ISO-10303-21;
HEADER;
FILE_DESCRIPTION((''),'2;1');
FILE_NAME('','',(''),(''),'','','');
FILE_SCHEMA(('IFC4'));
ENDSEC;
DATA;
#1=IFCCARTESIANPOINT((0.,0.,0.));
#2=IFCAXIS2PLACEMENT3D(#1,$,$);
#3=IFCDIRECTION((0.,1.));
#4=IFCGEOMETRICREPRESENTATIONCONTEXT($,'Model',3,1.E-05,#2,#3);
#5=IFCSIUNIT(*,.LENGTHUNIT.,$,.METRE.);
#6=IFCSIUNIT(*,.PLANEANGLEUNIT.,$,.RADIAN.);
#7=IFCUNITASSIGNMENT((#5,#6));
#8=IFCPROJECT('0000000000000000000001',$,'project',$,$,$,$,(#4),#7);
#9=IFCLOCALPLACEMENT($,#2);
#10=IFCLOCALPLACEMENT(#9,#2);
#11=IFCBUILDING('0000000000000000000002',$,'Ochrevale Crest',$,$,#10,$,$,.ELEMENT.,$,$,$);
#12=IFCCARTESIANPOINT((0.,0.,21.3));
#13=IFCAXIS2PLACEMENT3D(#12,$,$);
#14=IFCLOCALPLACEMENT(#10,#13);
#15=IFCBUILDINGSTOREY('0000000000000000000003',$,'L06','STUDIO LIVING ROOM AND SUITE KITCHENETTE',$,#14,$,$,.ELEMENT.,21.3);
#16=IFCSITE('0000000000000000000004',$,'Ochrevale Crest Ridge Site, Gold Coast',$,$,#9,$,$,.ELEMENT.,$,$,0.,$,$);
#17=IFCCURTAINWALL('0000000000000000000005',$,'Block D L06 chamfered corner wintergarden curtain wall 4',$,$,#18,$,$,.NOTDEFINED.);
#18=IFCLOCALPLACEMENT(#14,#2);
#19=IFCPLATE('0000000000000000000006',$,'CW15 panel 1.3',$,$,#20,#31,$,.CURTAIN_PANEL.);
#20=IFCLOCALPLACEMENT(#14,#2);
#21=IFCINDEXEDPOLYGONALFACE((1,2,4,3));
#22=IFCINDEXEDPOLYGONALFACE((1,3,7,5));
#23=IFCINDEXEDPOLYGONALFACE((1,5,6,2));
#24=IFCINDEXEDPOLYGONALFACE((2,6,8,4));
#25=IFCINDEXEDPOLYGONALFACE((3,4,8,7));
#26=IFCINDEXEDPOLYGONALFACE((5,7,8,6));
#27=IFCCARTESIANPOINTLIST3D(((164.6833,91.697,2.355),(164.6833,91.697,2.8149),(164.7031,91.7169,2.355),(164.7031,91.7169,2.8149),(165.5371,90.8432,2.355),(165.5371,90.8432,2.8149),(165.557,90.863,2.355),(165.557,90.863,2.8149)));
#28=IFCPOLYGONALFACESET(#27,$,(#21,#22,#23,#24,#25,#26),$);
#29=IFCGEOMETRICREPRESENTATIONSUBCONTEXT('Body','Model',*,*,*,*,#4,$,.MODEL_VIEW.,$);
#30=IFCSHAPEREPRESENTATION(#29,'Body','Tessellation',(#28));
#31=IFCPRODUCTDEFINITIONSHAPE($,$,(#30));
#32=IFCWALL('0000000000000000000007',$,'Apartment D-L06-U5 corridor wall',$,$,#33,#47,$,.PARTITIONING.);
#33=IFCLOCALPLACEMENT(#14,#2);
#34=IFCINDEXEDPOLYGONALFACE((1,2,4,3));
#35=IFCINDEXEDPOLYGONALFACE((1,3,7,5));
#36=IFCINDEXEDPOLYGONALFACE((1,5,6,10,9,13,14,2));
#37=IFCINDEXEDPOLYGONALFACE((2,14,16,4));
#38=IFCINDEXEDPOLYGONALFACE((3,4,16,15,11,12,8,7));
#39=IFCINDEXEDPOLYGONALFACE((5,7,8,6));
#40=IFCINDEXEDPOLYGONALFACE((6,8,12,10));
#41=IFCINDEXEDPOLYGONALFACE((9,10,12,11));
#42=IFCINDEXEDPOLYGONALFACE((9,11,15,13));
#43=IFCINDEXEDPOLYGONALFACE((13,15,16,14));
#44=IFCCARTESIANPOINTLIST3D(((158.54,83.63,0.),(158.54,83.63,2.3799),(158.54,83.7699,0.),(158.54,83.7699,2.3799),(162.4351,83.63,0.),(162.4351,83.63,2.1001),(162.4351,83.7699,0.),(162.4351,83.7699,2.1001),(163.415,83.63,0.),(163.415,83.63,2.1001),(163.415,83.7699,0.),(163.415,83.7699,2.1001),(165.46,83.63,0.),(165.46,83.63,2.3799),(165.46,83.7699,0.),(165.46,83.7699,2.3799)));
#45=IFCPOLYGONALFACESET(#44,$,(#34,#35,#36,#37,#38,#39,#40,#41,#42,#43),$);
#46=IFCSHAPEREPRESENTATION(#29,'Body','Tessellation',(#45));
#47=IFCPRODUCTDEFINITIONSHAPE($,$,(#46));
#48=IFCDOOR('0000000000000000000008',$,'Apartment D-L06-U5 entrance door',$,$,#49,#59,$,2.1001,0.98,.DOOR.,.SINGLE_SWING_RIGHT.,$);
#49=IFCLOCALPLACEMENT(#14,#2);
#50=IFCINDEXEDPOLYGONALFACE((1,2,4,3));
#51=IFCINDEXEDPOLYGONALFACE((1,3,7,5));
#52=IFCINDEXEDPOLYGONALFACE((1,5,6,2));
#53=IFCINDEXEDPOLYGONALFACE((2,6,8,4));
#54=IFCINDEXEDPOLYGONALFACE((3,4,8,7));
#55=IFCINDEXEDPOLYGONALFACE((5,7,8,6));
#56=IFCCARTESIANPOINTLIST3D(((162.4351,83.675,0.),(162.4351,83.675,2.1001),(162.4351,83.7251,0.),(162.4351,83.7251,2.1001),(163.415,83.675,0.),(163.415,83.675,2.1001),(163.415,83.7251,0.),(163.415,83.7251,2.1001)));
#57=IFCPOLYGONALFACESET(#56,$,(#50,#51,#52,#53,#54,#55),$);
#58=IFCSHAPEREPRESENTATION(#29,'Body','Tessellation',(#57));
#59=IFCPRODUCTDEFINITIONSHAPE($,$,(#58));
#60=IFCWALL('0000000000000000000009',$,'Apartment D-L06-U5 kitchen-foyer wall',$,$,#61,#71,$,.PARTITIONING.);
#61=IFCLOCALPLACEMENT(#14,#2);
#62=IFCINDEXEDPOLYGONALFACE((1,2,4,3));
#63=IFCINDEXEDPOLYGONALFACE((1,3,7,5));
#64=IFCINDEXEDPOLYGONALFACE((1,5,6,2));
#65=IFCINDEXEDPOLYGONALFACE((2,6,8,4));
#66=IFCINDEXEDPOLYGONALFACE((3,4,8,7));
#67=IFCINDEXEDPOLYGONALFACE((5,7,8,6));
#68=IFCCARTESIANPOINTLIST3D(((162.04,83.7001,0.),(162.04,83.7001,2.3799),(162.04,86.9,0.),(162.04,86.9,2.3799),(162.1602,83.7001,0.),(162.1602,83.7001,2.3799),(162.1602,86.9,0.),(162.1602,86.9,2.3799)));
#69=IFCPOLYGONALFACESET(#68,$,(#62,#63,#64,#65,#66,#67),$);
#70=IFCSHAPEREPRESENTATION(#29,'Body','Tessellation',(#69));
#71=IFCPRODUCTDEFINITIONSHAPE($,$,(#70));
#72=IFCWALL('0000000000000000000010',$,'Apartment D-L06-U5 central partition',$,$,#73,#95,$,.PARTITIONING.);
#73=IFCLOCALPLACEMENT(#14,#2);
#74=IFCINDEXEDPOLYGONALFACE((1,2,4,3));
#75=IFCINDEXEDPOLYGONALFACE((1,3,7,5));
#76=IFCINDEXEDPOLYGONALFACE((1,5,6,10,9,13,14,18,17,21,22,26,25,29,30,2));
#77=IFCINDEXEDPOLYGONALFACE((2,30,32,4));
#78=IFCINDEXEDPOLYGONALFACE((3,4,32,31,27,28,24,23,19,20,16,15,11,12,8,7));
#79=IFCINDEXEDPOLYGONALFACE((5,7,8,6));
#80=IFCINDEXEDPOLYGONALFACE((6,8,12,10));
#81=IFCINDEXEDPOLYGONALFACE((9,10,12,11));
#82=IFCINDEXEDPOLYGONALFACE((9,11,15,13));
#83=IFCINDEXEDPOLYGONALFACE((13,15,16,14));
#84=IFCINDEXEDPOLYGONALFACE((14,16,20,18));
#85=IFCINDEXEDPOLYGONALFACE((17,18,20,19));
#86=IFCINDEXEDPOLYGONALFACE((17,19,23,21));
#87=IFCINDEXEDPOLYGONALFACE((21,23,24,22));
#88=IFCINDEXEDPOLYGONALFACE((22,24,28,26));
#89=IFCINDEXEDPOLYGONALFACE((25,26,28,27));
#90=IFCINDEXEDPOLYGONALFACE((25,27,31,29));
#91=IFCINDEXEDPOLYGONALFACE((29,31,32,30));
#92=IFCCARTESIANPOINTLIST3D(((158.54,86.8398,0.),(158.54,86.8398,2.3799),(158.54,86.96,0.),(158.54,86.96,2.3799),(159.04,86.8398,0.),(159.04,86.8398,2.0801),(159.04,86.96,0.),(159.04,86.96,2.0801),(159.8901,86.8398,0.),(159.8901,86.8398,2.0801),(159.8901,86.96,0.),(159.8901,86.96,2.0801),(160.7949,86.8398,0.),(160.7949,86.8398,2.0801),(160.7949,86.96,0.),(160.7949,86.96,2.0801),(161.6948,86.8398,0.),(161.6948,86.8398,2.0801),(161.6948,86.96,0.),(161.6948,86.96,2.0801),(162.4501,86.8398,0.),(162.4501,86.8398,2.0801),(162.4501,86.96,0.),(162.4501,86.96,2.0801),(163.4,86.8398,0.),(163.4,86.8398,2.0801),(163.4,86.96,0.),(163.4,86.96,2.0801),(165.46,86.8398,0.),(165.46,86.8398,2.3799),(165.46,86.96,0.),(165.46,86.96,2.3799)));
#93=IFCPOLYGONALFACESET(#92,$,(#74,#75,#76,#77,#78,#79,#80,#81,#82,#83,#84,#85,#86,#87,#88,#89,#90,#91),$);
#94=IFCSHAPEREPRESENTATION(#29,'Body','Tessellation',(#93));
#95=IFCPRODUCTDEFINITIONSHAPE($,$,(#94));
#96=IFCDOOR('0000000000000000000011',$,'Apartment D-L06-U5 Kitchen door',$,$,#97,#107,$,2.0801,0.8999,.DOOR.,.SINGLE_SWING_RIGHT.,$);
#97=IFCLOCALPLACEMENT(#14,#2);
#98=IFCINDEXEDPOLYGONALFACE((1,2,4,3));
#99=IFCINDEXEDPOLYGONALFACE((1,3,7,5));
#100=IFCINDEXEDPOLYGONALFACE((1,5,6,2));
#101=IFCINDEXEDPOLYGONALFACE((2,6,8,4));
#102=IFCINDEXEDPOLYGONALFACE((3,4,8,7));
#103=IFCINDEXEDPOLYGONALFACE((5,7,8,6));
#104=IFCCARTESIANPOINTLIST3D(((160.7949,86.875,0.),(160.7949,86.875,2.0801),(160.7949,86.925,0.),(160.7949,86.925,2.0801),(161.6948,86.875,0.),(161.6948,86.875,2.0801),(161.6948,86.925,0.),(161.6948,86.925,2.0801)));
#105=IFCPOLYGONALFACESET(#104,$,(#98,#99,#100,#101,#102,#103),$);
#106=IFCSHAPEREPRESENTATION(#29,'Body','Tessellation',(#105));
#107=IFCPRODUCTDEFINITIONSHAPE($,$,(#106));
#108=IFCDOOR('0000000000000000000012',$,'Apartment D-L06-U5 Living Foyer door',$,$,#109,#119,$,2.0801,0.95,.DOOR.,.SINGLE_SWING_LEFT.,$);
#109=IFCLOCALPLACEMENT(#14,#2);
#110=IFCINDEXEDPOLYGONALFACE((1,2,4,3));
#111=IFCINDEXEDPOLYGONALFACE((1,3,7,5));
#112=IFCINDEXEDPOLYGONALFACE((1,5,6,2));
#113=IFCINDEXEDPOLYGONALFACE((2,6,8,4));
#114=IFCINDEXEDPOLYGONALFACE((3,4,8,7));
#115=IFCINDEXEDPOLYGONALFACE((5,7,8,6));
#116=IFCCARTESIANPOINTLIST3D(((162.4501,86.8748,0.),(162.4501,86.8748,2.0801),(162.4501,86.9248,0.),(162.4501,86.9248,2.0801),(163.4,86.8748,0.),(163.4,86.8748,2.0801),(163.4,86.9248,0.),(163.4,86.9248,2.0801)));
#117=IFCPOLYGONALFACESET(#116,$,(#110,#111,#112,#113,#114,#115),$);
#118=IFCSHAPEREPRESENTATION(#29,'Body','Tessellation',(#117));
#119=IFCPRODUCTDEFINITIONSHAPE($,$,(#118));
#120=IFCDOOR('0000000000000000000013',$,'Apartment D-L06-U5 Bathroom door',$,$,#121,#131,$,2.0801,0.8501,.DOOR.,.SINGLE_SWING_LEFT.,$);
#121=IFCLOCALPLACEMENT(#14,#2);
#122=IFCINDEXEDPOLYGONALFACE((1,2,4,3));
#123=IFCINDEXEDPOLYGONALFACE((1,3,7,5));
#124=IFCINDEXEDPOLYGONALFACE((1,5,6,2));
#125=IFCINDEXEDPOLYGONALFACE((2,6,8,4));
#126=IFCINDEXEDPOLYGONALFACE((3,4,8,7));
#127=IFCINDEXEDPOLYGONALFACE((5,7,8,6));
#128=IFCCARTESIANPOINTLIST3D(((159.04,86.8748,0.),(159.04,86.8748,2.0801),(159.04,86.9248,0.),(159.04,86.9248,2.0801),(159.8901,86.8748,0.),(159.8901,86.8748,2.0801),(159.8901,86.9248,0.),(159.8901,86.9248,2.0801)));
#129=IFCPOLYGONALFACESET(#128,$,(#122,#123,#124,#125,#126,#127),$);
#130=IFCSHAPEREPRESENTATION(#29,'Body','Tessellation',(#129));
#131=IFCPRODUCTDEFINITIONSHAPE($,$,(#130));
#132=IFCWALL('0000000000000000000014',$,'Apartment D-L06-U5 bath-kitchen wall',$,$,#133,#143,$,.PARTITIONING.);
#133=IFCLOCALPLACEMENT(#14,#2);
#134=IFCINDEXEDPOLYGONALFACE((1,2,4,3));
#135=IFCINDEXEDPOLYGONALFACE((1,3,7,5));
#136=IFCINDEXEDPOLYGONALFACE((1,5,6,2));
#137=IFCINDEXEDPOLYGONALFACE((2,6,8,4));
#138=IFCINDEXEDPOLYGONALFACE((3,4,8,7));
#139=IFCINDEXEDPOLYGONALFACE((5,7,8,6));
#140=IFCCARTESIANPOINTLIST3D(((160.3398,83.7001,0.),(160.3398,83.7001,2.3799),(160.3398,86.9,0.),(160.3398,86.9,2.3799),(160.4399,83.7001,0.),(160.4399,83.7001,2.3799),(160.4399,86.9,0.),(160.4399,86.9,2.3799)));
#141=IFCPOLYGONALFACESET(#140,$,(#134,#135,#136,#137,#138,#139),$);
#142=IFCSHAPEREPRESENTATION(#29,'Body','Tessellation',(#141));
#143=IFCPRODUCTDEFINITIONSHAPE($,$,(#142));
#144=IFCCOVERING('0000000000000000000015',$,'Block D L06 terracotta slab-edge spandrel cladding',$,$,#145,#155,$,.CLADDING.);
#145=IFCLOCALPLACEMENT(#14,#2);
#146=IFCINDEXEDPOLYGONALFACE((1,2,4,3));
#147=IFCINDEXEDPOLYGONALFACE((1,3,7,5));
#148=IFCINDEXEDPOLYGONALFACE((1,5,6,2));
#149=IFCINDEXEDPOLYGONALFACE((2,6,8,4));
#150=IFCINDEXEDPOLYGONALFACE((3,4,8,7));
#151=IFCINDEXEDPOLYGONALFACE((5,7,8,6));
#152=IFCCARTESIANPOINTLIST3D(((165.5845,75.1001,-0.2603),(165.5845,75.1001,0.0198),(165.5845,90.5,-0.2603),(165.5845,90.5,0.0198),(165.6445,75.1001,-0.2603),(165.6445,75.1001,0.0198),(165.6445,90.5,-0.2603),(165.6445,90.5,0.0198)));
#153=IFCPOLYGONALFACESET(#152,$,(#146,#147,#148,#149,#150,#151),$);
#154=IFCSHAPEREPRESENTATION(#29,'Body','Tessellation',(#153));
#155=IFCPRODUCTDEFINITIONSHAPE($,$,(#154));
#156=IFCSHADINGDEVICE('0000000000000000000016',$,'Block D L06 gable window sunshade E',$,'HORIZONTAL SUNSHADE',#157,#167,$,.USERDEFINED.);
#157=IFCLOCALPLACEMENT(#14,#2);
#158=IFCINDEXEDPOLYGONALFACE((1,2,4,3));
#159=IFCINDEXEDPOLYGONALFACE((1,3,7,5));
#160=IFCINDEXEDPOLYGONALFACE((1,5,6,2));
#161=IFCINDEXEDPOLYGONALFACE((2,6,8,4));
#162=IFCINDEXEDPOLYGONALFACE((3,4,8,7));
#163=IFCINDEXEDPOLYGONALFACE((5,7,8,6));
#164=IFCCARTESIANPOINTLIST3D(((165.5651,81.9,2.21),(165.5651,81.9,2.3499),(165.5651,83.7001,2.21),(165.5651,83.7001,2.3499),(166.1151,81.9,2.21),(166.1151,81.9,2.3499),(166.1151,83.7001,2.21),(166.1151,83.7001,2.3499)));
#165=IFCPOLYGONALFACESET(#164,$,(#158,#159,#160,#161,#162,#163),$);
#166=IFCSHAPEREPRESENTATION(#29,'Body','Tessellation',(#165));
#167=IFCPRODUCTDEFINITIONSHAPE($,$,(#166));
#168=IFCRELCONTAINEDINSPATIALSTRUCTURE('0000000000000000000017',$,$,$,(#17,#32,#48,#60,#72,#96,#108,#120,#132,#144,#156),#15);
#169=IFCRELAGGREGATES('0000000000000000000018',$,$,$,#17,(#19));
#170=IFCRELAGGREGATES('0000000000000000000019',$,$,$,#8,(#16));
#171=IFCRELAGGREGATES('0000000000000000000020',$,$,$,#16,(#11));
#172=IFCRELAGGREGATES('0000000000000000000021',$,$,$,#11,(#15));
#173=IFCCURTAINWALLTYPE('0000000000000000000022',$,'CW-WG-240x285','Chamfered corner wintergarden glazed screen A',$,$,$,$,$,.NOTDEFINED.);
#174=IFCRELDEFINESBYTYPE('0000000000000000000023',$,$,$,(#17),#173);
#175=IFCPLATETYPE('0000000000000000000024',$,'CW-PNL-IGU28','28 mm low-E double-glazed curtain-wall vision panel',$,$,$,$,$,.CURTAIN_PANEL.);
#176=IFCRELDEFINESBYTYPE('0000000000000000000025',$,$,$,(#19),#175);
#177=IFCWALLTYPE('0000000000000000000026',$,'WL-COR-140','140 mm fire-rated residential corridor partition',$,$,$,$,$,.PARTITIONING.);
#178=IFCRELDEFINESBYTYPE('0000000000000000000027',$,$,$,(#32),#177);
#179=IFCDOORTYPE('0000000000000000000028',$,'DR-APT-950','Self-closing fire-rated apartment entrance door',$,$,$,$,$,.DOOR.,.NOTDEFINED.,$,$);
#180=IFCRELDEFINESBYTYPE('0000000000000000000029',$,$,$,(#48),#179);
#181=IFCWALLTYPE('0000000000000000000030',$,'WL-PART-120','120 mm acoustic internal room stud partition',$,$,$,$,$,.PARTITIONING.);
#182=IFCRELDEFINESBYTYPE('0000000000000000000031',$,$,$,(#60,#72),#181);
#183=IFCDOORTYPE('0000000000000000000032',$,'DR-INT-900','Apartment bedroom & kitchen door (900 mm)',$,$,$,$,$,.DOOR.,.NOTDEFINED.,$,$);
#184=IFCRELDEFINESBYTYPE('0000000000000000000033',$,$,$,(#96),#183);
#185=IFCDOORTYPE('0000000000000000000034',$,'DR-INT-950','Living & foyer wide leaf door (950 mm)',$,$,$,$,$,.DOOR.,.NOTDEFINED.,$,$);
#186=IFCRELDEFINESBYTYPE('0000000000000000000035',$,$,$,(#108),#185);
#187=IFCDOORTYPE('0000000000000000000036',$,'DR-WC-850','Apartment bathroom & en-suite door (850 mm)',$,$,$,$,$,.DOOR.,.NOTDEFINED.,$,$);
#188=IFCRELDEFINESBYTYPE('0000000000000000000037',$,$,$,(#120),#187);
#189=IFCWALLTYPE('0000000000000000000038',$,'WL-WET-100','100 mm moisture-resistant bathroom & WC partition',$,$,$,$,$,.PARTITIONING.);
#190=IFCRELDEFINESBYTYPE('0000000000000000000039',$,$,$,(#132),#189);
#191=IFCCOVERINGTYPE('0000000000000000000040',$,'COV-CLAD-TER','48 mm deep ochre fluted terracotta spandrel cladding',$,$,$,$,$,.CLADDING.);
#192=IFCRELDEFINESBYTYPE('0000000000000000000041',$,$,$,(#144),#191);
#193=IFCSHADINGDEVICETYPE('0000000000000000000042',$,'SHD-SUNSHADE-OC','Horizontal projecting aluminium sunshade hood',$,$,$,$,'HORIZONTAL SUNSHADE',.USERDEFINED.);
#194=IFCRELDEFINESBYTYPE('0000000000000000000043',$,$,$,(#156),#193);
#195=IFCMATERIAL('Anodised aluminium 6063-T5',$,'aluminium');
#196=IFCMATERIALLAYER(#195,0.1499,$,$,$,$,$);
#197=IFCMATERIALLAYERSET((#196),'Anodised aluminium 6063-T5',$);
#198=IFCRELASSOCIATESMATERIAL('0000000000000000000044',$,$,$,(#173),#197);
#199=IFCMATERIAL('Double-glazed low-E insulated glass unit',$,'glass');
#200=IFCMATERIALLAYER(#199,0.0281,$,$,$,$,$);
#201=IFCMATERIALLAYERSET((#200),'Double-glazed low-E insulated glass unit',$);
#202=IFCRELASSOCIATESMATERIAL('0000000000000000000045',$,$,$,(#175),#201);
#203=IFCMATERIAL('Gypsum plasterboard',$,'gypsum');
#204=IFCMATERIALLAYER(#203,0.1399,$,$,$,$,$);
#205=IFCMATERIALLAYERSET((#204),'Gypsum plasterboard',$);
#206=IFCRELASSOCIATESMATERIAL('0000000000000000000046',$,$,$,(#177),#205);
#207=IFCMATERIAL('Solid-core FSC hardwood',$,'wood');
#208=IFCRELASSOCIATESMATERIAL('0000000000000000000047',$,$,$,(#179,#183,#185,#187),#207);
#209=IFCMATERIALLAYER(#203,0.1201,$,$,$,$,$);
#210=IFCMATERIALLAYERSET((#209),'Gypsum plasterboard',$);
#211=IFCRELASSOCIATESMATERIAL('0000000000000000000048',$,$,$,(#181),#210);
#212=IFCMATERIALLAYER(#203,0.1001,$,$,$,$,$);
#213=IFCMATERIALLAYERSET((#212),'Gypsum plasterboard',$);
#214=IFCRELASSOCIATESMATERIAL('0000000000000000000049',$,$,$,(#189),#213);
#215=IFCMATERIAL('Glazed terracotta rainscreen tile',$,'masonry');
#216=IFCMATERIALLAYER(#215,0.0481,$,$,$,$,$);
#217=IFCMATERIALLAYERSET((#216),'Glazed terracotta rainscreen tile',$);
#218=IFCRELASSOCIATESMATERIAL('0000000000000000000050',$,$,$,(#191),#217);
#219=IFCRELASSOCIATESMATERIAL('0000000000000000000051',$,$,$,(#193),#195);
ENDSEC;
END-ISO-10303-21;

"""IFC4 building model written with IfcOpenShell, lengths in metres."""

from ifc_helpers import new_model, si_unit, direction, frame, frame_2d, origin, origin_2d, place, context, subcontext, project, spatial, rectangle, extrude, material, layer, layer_set, type_object, element, fill, aggregate, save


model = new_model("IFC4")

# Units and contexts
model_context = context("Model", 3, precision=1e-05, world=origin(), true_north=direction((0.0, 1.0)))
body_context = subcontext(model_context, "Body", "Model", "MODEL_VIEW")
ifc_project = project(units=[si_unit("LENGTHUNIT", "METRE"), si_unit("PLANEANGLEUNIT", "RADIAN")], contexts=[model_context])

# Site, building, storey
site_placement = place(None, origin())
site = spatial("IfcSite", under=ifc_project, at=site_placement, Name="Ochrevale Crest Ridge Site, Gold Coast", CompositionType="ELEMENT", RefElevation=0.0)
building_placement = place(site_placement, origin())
building = spatial("IfcBuilding", under=site, at=building_placement, Name="Ochrevale Crest", CompositionType="ELEMENT")
storey_placement = place(building_placement, frame((0.0, 0.0, 21.3)))
storey = spatial("IfcBuildingStorey", under=building, at=storey_placement, Name="L06", Description="STUDIO LIVING ROOM AND SUITE KITCHENETTE", CompositionType="ELEMENT", Elevation=21.3)

# Curtain wall, plate
ifc_material_1 = material(Name="Anodised aluminium 6063-T5", Category="aluminium")
ifc_layer_1 = layer(ifc_material_1, 0.1499)
ifc_layer_set_1 = layer_set([ifc_layer_1], Name="Anodised aluminium 6063-T5")
curtain_wall_type = type_object("IfcCurtainWallType", Name="CW-WG-240x285", Description="Chamfered corner wintergarden glazed screen A", PredefinedType="NOTDEFINED", material=ifc_layer_set_1)
curtain_wall_placement = place(storey_placement, origin())
curtain_wall = element("IfcCurtainWall", 1, at=curtain_wall_placement, inside=storey, type_object=curtain_wall_type, Name="Block D L06 chamfered corner wintergarden curtain wall 4", PredefinedType="NOTDEFINED")
ifc_material_2 = material(Name="Double-glazed low-E insulated glass unit", Category="glass")
ifc_layer_2 = layer(ifc_material_2, 0.0281)
ifc_layer_set_2 = layer_set([ifc_layer_2], Name="Double-glazed low-E insulated glass unit")
plate_type = type_object("IfcPlateType", Name="CW-PNL-IGU28", Description="28 mm low-E double-glazed curtain-wall vision panel", PredefinedType="CURTAIN_PANEL", material=ifc_layer_set_2)
plate_1_placement = place(storey_placement, frame((165.1201, 91.28, 2.355), z_axis=(0.0, 0.0, 1.0), x_axis=(-0.707107, 0.707107, 0.0)))
plate_1 = element("IfcPlate", 2, at=plate_1_placement, type_object=plate_type, Name="CW15 panel 1.3", PredefinedType="CURTAIN_PANEL", context=body_context, shape_type="SweptSolid", body=[
    extrude(rectangle(XDim=1.2075, YDim=0.0281, at=origin_2d()), origin(), (0.0, 0.0, 1.0), 0.46),
])
aggregate(curtain_wall, [plate_1])

# Wall, opening, door
ifc_material_3 = material(Name="Gypsum plasterboard", Category="gypsum")
ifc_layer_3 = layer(ifc_material_3, 0.1399)
ifc_layer_set_3 = layer_set([ifc_layer_3], Name="Gypsum plasterboard")
wall_type_1 = type_object("IfcWallType", Name="WL-COR-140", Description="140 mm fire-rated residential corridor partition", PredefinedType="PARTITIONING", material=ifc_layer_set_3)
wall_1_placement = place(storey_placement, frame((158.54, 83.7, 0.0), z_axis=(0.0, 0.0, 1.0), x_axis=(1.0, 0.0, 0.0)))
wall_1 = element("IfcWall", 3, at=wall_1_placement, inside=storey, type_object=wall_type_1, Name="Apartment D-L06-U5 corridor wall", PredefinedType="PARTITIONING", context=body_context, shape_type="SweptSolid", body=[
    extrude(rectangle(XDim=6.9199, YDim=0.1399, at=frame_2d((3.46, 0.0))), origin(), (0.0, 0.0, 1.0), 2.3799),
])
opening_1_placement = place(wall_1_placement, frame((4.875, 0.0, 0.0), z_axis=(0.0, 0.0, 1.0), x_axis=(-1.0, 0.0, 0.0)))
opening_1 = element("IfcOpeningElement", 4, at=opening_1_placement, cuts=wall_1, PredefinedType="OPENING", context=body_context, shape_type="SweptSolid", body=[
    extrude(rectangle(XDim=0.98, YDim=2.1001, at=frame_2d((0.49, 1.05))), frame((0.0, 0.0801, 0.0), z_axis=(0.0, -1.0, 0.0), x_axis=(1.0, 0.0, 0.0)), (0.0, 0.0, 1.0), 0.1599),
])
ifc_material_4 = material(Name="Solid-core FSC hardwood", Category="wood")
door_type_1 = type_object("IfcDoorType", Name="DR-APT-950", Description="Self-closing fire-rated apartment entrance door", OperationType="NOTDEFINED", PredefinedType="DOOR", material=ifc_material_4)
door_1_placement = place(opening_1_placement, origin())
door_1 = element("IfcDoor", 5, at=door_1_placement, inside=storey, type_object=door_type_1, Name="Apartment D-L06-U5 entrance door", OperationType="SINGLE_SWING_RIGHT", OverallHeight=2.1001, OverallWidth=0.98, PredefinedType="DOOR", context=body_context, shape_type="SweptSolid", body=[
    extrude(rectangle(XDim=0.98, YDim=2.1001, at=frame_2d((0.49, 1.05))), frame((0.0, 0.0249, 0.0), z_axis=(0.0, -1.0, 0.0), x_axis=(1.0, 0.0, 0.0)), (0.0, 0.0, 1.0), 0.05),
])
fill(opening_1, door_1)

# Wall
ifc_layer_4 = layer(ifc_material_3, 0.1201)
ifc_layer_set_4 = layer_set([ifc_layer_4], Name="Gypsum plasterboard")
wall_type_2 = type_object("IfcWallType", Name="WL-PART-120", Description="120 mm acoustic internal room stud partition", PredefinedType="PARTITIONING", material=ifc_layer_set_4)
wall_2_placement = place(storey_placement, frame((162.1001, 83.7, 0.0), z_axis=(0.0, 0.0, 1.0), x_axis=(0.0, 1.0, 0.0)))
element("IfcWall", 6, at=wall_2_placement, inside=storey, type_object=wall_type_2, Name="Apartment D-L06-U5 kitchen-foyer wall", PredefinedType="PARTITIONING", context=body_context, shape_type="SweptSolid", body=[
    extrude(rectangle(XDim=3.2, YDim=0.1201, at=frame_2d((1.6001, 0.0))), origin(), (0.0, 0.0, 1.0), 2.3799),
])

# Wall, openings, doors
wall_3_placement = place(storey_placement, frame((158.54, 86.8999, 0.0), z_axis=(0.0, 0.0, 1.0), x_axis=(1.0, 0.0, 0.0)))
wall_3 = element("IfcWall", 7, at=wall_3_placement, inside=storey, type_object=wall_type_2, Name="Apartment D-L06-U5 central partition", PredefinedType="PARTITIONING", context=body_context, shape_type="SweptSolid", body=[
    extrude(rectangle(XDim=6.9199, YDim=0.1201, at=frame_2d((3.46, 0.0))), origin(), (0.0, 0.0, 1.0), 2.3799),
])
opening_2_placement = place(wall_3_placement, frame((0.5, 0.0, 0.0)))
opening_2 = element("IfcOpeningElement", 8, at=opening_2_placement, cuts=wall_3, PredefinedType="OPENING", context=body_context, shape_type="SweptSolid", body=[
    extrude(rectangle(XDim=0.8501, YDim=2.0801, at=frame_2d((0.425, 1.04))), frame((0.0, 0.0701, 0.0), z_axis=(0.0, -1.0, 0.0), x_axis=(1.0, 0.0, 0.0)), (0.0, 0.0, 1.0), 0.1401),
])
opening_3_placement = place(wall_3_placement, frame((3.1548, 0.0, 0.0), z_axis=(0.0, 0.0, 1.0), x_axis=(-1.0, 0.0, 0.0)))
opening_3 = element("IfcOpeningElement", 9, at=opening_3_placement, cuts=wall_3, PredefinedType="OPENING", context=body_context, shape_type="SweptSolid", body=[
    extrude(rectangle(XDim=0.8999, YDim=2.0801, at=frame_2d((0.45, 1.04))), frame((0.0, 0.0701, 0.0), z_axis=(0.0, -1.0, 0.0), x_axis=(1.0, 0.0, 0.0)), (0.0, 0.0, 1.0), 0.1401),
])
opening_4_placement = place(wall_3_placement, frame((3.9099, 0.0, 0.0)))
opening_4 = element("IfcOpeningElement", 10, at=opening_4_placement, cuts=wall_3, PredefinedType="OPENING", context=body_context, shape_type="SweptSolid", body=[
    extrude(rectangle(XDim=0.95, YDim=2.0801, at=frame_2d((0.4751, 1.04))), frame((0.0, 0.0701, 0.0), z_axis=(0.0, -1.0, 0.0), x_axis=(1.0, 0.0, 0.0)), (0.0, 0.0, 1.0), 0.1401),
])
door_type_2 = type_object("IfcDoorType", Name="DR-INT-900", Description="Apartment bedroom & kitchen door (900 mm)", OperationType="NOTDEFINED", PredefinedType="DOOR", material=ifc_material_4)
door_2_placement = place(opening_3_placement, origin())
door_2 = element("IfcDoor", 11, at=door_2_placement, inside=storey, type_object=door_type_2, Name="Apartment D-L06-U5 Kitchen door", OperationType="SINGLE_SWING_RIGHT", OverallHeight=2.0801, OverallWidth=0.8999, PredefinedType="DOOR", context=body_context, shape_type="SweptSolid", body=[
    extrude(rectangle(XDim=0.8999, YDim=2.0801, at=frame_2d((0.45, 1.04))), frame((0.0, 0.0249, 0.0), z_axis=(0.0, -1.0, 0.0), x_axis=(1.0, 0.0, 0.0)), (0.0, 0.0, 1.0), 0.05),
])
fill(opening_3, door_2)
door_type_3 = type_object("IfcDoorType", Name="DR-INT-950", Description="Living & foyer wide leaf door (950 mm)", OperationType="NOTDEFINED", PredefinedType="DOOR", material=ifc_material_4)
door_3_placement = place(opening_4_placement, origin())
door_3 = element("IfcDoor", 12, at=door_3_placement, inside=storey, type_object=door_type_3, Name="Apartment D-L06-U5 Living Foyer door", OperationType="SINGLE_SWING_LEFT", OverallHeight=2.0801, OverallWidth=0.95, PredefinedType="DOOR", context=body_context, shape_type="SweptSolid", body=[
    extrude(rectangle(XDim=0.95, YDim=2.0801, at=frame_2d((0.4751, 1.04))), frame((0.0, 0.0249, 0.0), z_axis=(0.0, -1.0, 0.0), x_axis=(1.0, 0.0, 0.0)), (0.0, 0.0, 1.0), 0.05),
])
fill(opening_4, door_3)
door_type_4 = type_object("IfcDoorType", Name="DR-WC-850", Description="Apartment bathroom & en-suite door (850 mm)", OperationType="NOTDEFINED", PredefinedType="DOOR", material=ifc_material_4)
door_4_placement = place(opening_2_placement, origin())
door_4 = element("IfcDoor", 13, at=door_4_placement, inside=storey, type_object=door_type_4, Name="Apartment D-L06-U5 Bathroom door", OperationType="SINGLE_SWING_LEFT", OverallHeight=2.0801, OverallWidth=0.8501, PredefinedType="DOOR", context=body_context, shape_type="SweptSolid", body=[
    extrude(rectangle(XDim=0.8501, YDim=2.0801, at=frame_2d((0.425, 1.04))), frame((0.0, 0.0249, 0.0), z_axis=(0.0, -1.0, 0.0), x_axis=(1.0, 0.0, 0.0)), (0.0, 0.0, 1.0), 0.05),
])
fill(opening_2, door_4)

# Wall
ifc_layer_5 = layer(ifc_material_3, 0.1001)
ifc_layer_set_5 = layer_set([ifc_layer_5], Name="Gypsum plasterboard")
wall_type_3 = type_object("IfcWallType", Name="WL-WET-100", Description="100 mm moisture-resistant bathroom & WC partition", PredefinedType="PARTITIONING", material=ifc_layer_set_5)
wall_4_placement = place(storey_placement, frame((160.3899, 83.7, 0.0), z_axis=(0.0, 0.0, 1.0), x_axis=(0.0, 1.0, 0.0)))
element("IfcWall", 14, at=wall_4_placement, inside=storey, type_object=wall_type_3, Name="Apartment D-L06-U5 bath-kitchen wall", PredefinedType="PARTITIONING", context=body_context, shape_type="SweptSolid", body=[
    extrude(rectangle(XDim=3.2, YDim=0.1001, at=frame_2d((1.6001, 0.0))), origin(), (0.0, 0.0, 1.0), 2.3799),
])

# Covering
ifc_material_5 = material(Name="Glazed terracotta rainscreen tile", Category="masonry")
ifc_layer_6 = layer(ifc_material_5, 0.0481)
ifc_layer_set_6 = layer_set([ifc_layer_6], Name="Glazed terracotta rainscreen tile")
covering_type = type_object("IfcCoveringType", Name="COV-CLAD-TER", Description="48 mm deep ochre fluted terracotta spandrel cladding", PredefinedType="CLADDING", material=ifc_layer_set_6)
covering_placement = place(storey_placement, frame((165.6145, 82.8, -0.2603), z_axis=(0.0, 0.0, 1.0), x_axis=(0.0, 1.0, 0.0)))
element("IfcCovering", 15, at=covering_placement, inside=storey, type_object=covering_type, Name="Block D L06 terracotta slab-edge spandrel cladding", PredefinedType="CLADDING", context=body_context, shape_type="SweptSolid", body=[
    extrude(rectangle(XDim=15.3999, YDim=0.0601, at=origin_2d()), origin(), (0.0, 0.0, 1.0), 0.28),
])

# Shading device
shading_device_type = type_object("IfcShadingDeviceType", Name="SHD-SUNSHADE-OC", Description="Horizontal projecting aluminium sunshade hood", ElementType="HORIZONTAL SUNSHADE", PredefinedType="USERDEFINED", material=ifc_material_1)
shading_device_placement = place(storey_placement, frame((165.8401, 82.8, 2.21), z_axis=(0.0, 0.0, 1.0), x_axis=(1.0, 0.0, 0.0)))
element("IfcShadingDevice", 16, at=shading_device_placement, inside=storey, type_object=shading_device_type, Name="Block D L06 gable window sunshade E", ObjectType="HORIZONTAL SUNSHADE", PredefinedType="USERDEFINED", context=body_context, shape_type="SweptSolid", body=[
    extrude(rectangle(XDim=0.55, YDim=1.8, at=origin_2d()), origin(), (0.0, 0.0, 1.0), 0.1399),
])

save(model, "model.ifc")
